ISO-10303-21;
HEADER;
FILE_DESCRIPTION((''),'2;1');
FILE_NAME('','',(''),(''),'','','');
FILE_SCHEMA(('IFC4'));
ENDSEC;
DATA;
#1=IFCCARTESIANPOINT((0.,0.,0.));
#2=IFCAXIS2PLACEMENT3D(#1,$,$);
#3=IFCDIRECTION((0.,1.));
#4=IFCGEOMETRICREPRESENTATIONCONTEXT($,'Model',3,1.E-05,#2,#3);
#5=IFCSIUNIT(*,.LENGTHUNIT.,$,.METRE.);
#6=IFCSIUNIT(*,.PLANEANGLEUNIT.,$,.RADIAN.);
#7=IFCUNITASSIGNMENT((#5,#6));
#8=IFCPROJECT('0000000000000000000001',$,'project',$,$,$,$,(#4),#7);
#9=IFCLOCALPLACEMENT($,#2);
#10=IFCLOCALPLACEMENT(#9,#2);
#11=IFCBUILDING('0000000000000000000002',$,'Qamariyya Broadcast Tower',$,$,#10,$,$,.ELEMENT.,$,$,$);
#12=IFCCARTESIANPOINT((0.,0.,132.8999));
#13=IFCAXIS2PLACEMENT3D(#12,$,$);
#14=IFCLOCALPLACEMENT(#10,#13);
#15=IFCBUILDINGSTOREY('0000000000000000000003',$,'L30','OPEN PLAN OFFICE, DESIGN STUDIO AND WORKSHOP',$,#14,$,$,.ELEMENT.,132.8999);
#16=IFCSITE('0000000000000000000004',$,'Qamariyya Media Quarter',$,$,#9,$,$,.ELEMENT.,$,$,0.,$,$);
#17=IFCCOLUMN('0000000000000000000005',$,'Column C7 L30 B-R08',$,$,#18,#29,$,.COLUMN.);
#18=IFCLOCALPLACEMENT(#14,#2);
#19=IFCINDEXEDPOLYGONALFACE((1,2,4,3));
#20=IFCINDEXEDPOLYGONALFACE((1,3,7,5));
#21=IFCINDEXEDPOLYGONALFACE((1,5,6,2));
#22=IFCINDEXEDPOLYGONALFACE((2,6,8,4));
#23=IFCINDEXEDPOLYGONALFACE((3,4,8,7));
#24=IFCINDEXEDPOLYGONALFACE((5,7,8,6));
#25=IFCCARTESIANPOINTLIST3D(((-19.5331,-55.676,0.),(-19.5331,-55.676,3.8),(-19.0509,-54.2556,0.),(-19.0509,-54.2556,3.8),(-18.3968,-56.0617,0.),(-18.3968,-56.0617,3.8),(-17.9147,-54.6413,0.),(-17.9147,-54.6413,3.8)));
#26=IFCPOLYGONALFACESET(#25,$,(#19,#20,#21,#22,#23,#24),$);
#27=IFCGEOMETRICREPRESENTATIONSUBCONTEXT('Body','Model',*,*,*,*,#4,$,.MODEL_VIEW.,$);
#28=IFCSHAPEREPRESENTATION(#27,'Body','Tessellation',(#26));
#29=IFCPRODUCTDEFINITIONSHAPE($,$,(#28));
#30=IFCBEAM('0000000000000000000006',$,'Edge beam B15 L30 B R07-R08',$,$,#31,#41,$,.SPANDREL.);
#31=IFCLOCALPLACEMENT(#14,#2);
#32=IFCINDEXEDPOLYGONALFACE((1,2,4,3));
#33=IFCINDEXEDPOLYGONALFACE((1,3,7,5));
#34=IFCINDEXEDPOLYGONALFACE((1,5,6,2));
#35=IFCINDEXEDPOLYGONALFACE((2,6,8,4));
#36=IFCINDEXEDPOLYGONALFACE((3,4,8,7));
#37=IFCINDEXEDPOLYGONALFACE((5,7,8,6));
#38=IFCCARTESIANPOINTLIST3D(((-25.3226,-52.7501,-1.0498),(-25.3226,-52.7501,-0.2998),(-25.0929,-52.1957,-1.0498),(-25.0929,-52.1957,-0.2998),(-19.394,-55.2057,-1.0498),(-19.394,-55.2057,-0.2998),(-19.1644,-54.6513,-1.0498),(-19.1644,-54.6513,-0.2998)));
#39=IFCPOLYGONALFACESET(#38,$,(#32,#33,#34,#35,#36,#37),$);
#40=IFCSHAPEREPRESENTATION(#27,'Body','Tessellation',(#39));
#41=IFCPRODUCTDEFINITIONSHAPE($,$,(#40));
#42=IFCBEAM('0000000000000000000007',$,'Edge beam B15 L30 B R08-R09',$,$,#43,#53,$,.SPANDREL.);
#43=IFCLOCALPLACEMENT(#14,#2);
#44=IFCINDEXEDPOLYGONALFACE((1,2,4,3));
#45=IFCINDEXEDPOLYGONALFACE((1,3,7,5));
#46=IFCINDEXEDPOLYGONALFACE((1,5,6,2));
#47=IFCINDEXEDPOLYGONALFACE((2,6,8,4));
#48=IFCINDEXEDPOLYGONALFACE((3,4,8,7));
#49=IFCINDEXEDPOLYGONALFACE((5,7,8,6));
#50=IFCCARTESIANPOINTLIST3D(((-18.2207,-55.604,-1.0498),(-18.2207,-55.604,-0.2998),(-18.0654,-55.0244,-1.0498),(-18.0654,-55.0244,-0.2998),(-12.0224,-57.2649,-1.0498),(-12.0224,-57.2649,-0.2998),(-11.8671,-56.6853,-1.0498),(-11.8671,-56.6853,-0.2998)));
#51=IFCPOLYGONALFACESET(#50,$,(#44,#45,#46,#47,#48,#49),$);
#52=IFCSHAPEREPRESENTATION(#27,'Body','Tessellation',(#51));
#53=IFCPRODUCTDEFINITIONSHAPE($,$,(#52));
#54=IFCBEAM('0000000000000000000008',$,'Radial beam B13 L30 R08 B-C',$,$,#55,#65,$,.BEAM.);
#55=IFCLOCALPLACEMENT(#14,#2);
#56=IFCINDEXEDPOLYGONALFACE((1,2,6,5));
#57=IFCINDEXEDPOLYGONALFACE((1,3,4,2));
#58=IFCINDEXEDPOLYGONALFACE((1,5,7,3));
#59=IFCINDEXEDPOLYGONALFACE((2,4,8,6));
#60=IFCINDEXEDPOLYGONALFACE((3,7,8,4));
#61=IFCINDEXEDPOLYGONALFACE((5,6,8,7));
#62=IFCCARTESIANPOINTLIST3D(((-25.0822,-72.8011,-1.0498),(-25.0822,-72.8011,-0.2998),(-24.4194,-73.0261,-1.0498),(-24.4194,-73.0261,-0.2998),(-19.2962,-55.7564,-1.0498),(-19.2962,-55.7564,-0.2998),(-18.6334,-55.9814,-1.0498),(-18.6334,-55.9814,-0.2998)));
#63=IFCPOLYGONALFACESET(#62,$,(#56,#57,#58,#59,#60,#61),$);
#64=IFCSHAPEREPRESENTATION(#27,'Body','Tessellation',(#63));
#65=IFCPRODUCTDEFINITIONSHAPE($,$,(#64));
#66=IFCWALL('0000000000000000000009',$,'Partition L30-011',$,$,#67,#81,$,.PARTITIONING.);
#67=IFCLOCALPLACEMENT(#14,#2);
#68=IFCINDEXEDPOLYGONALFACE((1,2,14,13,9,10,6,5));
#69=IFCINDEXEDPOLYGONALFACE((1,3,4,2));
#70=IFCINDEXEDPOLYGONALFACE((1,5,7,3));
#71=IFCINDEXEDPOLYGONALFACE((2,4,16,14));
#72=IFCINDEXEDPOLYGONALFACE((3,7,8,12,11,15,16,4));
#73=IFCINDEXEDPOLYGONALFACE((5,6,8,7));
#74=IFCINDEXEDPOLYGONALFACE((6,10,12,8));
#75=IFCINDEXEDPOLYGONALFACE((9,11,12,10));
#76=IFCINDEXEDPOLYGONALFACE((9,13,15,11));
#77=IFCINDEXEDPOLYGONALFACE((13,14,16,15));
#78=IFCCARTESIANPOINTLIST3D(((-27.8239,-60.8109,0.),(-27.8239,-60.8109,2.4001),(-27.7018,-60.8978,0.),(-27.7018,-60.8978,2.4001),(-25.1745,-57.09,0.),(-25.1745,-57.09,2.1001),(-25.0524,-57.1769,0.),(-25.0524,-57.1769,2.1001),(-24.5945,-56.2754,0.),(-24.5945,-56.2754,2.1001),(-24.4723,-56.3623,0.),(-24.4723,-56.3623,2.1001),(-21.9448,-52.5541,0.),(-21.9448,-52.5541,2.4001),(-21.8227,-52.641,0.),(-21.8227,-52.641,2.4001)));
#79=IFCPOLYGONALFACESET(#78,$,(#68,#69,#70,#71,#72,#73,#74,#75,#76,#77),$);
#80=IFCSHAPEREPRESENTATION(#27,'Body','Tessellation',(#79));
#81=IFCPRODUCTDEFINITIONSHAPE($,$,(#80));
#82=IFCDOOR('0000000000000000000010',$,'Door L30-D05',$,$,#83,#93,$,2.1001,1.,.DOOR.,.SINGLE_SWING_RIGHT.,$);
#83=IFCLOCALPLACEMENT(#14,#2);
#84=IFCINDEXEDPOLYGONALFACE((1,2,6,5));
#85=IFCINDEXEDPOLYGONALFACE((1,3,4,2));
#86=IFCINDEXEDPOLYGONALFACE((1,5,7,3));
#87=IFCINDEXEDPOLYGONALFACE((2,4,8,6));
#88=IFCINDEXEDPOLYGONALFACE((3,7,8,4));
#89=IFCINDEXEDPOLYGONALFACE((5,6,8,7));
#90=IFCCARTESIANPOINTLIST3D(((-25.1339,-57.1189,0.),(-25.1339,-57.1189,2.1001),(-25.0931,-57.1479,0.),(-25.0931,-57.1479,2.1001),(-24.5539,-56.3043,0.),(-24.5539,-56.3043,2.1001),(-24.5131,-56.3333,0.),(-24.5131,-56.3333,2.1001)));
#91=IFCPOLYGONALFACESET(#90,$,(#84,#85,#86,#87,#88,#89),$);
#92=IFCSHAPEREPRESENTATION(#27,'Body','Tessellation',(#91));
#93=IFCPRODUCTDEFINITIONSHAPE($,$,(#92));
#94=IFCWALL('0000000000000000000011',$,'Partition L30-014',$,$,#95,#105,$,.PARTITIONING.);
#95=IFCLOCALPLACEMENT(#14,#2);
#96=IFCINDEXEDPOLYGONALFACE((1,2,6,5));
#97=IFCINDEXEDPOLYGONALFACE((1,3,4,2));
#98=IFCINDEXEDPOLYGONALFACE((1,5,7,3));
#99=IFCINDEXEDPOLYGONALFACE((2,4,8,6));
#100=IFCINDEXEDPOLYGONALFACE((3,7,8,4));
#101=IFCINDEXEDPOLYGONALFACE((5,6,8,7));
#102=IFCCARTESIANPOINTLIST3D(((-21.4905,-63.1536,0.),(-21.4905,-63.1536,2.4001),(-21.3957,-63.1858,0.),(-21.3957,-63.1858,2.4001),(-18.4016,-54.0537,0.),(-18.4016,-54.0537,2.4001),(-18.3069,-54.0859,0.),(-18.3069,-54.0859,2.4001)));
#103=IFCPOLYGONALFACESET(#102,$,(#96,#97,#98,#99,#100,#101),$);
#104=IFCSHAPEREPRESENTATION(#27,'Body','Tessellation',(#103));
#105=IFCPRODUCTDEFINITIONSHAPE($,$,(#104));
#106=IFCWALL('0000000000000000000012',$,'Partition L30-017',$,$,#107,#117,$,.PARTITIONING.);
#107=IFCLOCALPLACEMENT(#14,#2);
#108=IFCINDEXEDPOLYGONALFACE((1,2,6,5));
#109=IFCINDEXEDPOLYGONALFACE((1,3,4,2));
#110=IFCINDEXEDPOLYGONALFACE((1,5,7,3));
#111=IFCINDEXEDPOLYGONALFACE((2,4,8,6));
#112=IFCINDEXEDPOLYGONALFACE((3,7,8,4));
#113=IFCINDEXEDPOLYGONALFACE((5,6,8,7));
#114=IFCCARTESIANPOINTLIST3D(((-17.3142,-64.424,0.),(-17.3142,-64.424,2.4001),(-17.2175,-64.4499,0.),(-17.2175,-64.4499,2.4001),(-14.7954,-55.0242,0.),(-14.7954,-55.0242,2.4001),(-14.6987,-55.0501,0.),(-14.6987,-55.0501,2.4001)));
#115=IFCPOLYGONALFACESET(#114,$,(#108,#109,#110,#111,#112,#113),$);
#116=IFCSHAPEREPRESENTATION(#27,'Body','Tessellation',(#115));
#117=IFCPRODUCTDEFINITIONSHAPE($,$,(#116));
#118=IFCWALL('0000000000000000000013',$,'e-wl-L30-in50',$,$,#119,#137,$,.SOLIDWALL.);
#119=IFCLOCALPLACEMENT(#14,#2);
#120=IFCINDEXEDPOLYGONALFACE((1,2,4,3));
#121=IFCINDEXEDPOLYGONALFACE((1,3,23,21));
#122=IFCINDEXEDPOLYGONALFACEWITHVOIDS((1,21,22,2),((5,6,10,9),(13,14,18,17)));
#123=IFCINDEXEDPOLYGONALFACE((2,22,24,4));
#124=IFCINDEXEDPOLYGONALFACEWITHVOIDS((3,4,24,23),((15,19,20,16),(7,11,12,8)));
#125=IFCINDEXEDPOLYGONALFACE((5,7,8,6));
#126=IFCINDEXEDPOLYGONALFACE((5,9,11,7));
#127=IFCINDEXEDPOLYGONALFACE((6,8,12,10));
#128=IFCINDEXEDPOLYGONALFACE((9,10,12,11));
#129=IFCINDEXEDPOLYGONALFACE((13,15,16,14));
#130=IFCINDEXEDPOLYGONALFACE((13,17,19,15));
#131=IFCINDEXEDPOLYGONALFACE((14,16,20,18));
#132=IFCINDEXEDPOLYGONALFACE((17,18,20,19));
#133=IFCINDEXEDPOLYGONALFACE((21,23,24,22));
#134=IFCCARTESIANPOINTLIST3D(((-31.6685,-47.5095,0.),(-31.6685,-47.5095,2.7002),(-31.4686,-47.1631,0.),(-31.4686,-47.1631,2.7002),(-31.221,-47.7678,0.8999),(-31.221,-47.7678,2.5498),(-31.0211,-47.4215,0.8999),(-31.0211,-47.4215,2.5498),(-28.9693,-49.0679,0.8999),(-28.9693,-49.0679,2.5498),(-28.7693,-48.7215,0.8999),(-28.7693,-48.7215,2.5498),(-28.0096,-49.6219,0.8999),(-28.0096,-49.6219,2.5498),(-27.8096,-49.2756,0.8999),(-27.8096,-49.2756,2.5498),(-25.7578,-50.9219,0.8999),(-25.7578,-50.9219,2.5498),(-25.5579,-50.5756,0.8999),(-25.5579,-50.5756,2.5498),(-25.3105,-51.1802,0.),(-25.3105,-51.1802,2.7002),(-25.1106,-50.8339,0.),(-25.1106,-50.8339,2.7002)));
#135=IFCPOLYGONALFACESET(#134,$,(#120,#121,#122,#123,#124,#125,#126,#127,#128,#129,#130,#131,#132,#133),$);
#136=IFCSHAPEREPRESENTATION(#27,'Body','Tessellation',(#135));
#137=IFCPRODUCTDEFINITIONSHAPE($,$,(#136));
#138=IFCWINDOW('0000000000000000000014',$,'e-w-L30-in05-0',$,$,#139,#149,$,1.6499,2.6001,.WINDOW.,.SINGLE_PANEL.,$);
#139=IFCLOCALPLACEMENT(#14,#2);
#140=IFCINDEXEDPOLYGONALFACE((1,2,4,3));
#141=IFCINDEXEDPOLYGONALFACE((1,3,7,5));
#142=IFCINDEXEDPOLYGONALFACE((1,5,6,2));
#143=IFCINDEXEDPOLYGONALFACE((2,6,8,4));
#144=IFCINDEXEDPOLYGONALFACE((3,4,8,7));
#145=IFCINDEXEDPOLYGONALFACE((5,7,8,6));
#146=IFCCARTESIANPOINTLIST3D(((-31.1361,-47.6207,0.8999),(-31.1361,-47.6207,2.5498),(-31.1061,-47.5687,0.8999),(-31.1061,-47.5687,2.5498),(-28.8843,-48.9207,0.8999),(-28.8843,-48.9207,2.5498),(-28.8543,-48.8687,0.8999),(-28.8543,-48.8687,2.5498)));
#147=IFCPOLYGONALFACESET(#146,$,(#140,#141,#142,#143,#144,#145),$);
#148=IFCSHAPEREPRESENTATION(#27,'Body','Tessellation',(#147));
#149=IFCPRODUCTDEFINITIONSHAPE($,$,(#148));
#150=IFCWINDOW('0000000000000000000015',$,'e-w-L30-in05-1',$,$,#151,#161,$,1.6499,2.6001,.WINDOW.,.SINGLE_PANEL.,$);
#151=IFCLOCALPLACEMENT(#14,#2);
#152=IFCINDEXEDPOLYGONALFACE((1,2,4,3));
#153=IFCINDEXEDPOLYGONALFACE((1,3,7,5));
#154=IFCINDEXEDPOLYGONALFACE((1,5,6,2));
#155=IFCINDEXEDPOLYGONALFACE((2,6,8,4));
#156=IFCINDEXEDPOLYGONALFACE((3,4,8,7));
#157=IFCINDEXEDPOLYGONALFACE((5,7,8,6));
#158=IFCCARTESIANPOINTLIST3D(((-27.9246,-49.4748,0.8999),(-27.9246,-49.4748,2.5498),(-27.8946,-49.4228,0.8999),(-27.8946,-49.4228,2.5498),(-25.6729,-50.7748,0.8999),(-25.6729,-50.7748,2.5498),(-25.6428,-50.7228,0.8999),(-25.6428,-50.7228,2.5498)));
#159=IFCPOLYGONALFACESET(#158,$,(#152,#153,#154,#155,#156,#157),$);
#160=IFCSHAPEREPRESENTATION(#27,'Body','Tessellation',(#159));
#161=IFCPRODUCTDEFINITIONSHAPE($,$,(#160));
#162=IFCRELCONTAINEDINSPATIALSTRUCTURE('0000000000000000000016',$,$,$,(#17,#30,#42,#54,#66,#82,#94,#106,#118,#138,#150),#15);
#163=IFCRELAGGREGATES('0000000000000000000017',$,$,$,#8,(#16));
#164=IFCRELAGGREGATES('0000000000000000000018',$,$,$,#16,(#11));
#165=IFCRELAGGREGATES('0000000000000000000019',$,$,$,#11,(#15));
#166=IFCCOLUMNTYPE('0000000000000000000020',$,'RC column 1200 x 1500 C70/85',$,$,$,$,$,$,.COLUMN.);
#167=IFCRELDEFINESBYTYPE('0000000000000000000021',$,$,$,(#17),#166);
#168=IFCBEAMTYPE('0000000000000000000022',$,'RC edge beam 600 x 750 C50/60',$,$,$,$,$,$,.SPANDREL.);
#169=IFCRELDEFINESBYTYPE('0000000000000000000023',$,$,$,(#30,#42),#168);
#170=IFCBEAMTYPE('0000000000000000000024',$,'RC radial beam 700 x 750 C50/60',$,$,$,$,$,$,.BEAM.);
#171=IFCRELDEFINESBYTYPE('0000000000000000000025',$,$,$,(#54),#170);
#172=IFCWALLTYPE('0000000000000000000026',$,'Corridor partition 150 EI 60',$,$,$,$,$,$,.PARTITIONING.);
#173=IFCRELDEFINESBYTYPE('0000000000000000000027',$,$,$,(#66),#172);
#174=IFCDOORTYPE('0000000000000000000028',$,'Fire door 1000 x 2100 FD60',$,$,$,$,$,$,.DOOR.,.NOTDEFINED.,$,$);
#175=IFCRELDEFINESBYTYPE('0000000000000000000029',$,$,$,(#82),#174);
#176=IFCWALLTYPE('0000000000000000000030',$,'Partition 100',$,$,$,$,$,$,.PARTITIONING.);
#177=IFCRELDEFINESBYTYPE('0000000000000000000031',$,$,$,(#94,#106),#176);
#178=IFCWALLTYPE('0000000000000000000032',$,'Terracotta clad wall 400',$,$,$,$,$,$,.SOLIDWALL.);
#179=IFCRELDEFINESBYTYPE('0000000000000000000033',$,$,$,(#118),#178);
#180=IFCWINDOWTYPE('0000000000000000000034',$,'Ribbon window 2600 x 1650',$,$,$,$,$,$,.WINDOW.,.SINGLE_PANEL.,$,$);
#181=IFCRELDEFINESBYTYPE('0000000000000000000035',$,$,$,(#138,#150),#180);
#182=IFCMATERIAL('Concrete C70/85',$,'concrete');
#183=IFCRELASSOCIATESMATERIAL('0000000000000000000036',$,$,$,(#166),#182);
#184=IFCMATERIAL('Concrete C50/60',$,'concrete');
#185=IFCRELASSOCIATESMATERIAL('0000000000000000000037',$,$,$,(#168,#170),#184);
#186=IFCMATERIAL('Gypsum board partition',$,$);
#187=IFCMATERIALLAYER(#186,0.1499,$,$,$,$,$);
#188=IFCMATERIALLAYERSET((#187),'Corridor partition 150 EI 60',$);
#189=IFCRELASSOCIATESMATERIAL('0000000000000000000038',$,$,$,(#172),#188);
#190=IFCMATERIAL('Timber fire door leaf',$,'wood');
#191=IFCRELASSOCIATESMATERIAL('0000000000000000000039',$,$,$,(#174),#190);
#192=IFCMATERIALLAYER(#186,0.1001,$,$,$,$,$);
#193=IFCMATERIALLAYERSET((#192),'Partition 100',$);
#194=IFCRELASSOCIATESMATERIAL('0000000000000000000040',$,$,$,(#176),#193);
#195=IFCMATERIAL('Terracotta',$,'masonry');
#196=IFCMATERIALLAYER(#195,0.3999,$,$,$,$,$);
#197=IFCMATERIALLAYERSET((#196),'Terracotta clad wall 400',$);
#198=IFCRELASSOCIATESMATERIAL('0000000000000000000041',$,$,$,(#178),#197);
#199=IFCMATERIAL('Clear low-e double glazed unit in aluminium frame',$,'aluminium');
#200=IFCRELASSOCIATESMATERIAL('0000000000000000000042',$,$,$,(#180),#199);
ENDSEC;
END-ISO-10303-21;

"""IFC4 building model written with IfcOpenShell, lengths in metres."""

from ifc_helpers import new_model, si_unit, direction, frame, frame_2d, origin, origin_2d, place, context, subcontext, project, spatial, rectangle, extrude, material, layer, layer_set, material_profile, profile_set, type_object, element, fill, save


model = new_model("IFC4")

# Units and contexts
model_context = context("Model", 3, precision=1e-05, world=origin(), true_north=direction((0.0, 1.0)))
body_context = subcontext(model_context, "Body", "Model", "MODEL_VIEW")
ifc_project = project(units=[si_unit("LENGTHUNIT", "METRE"), si_unit("PLANEANGLEUNIT", "RADIAN")], contexts=[model_context])

# Site, building, storey
site_placement = place(None, origin())
site = spatial("IfcSite", under=ifc_project, at=site_placement, Name="Qamariyya Media Quarter", CompositionType="ELEMENT", RefElevation=0.0)
building_placement = place(site_placement, origin())
building = spatial("IfcBuilding", under=site, at=building_placement, Name="Qamariyya Broadcast Tower", CompositionType="ELEMENT")
storey_placement = place(building_placement, frame((0.0, 0.0, 132.8999)))
storey = spatial("IfcBuildingStorey", under=building, at=storey_placement, Name="L30", Description="OPEN PLAN OFFICE, DESIGN STUDIO AND WORKSHOP", CompositionType="ELEMENT", Elevation=132.8999)

# Column
ifc_material_1 = material(Name="Concrete C70/85", Category="concrete")
ifc_material_profile_1 = material_profile(ifc_material_1, rectangle(XDim=1.2, YDim=1.5, at=origin_2d()))
ifc_profile_set_1 = profile_set([ifc_material_profile_1], Name="Concrete C70/85")
column_type = type_object("IfcColumnType", Name="RC column 1200 x 1500 C70/85", PredefinedType="COLUMN", material=ifc_profile_set_1)
column_placement = place(storey_placement, frame((-18.7239, -55.1587, 0.0), z_axis=(0.0, 0.0, 1.0), x_axis=(0.94693, -0.321439, 0.0)))
element("IfcColumn", 1, at=column_placement, inside=storey, type_object=column_type, Name="Column C7 L30 B-R08", PredefinedType="COLUMN", context=body_context, shape_type="SweptSolid", body=[
    extrude(rectangle(XDim=1.2, YDim=1.5, at=origin_2d()), origin(), (0.0, 0.0, 1.0), 3.8),
])

# Beams
ifc_material_2 = material(Name="Concrete C50/60", Category="concrete")
ifc_material_profile_2 = material_profile(ifc_material_2, rectangle(XDim=0.6001, YDim=0.75, at=origin_2d()))
ifc_profile_set_2 = profile_set([ifc_material_profile_2], Name="Concrete C50/60")
beam_type_1 = type_object("IfcBeamType", Name="RC edge beam 600 x 750 C50/60", PredefinedType="SPANDREL", material=ifc_profile_set_2)
for number, where, z_axis, x_axis, name in (
    (2, (-25.2078, -52.4729, -0.6748), (0.923884, -0.382672, 0.0), (0.382672, 0.923884, 0.0), "Edge beam B15 L30 B R07-R08"),
    (3, (-18.1431, -55.3142, -0.6748), (0.965923, -0.25883, 0.0), (0.25883, 0.965923, 0.0), "Edge beam B15 L30 B R08-R09"),
):
    element("IfcBeam", number, at=place(storey_placement, frame(where, z_axis=z_axis, x_axis=x_axis)), inside=storey, type_object=beam_type_1, Name=name, PredefinedType="SPANDREL", context=body_context, shape_type="SweptSolid", body=[
        extrude(rectangle(XDim=0.6001, YDim=0.75, at=origin_2d()), origin(), (0.0, 0.0, 1.0), 6.417),
    ])
ifc_material_profile_3 = material_profile(ifc_material_2, rectangle(XDim=0.7, YDim=0.75, at=origin_2d()))
ifc_profile_set_3 = profile_set([ifc_material_profile_3], Name="Concrete C50/60")
beam_type_2 = type_object("IfcBeamType", Name="RC radial beam 700 x 750 C50/60", PredefinedType="BEAM", material=ifc_profile_set_3)
beam_placement = place(storey_placement, frame((-18.9648, -55.8689, -0.6748), z_axis=(-0.321439, -0.94693, 0.0), x_axis=(0.94693, -0.321439, 0.0)))
element("IfcBeam", 4, at=beam_placement, inside=storey, type_object=beam_type_2, Name="Radial beam B13 L30 R08 B-C", PredefinedType="BEAM", context=body_context, shape_type="SweptSolid", body=[
    extrude(rectangle(XDim=0.7, YDim=0.75, at=origin_2d()), origin(), (0.0, 0.0, 1.0), 18.0),
])

# Wall, opening, door
ifc_material_3 = material(Name="Gypsum board partition")
ifc_layer_1 = layer(ifc_material_3, 0.1499)
ifc_layer_set_1 = layer_set([ifc_layer_1], Name="Corridor partition 150 EI 60")
wall_type_1 = type_object("IfcWallType", Name="Corridor partition 150 EI 60", PredefinedType="PARTITIONING", material=ifc_layer_set_1)
wall_1_placement = place(storey_placement, frame((-21.8838, -52.5977, 0.0), z_axis=(0.0, 0.0, 1.0), x_axis=(-0.580023, -0.8146, 0.0)))
wall_1 = element("IfcWall", 5, at=wall_1_placement, inside=storey, type_object=wall_type_1, Name="Partition L30-011", PredefinedType="PARTITIONING", context=body_context, shape_type="SweptSolid", body=[
    extrude(rectangle(XDim=10.136, YDim=0.1499, at=frame_2d((5.0679, 0.0))), origin(), (0.0, 0.0, 1.0), 2.4001),
])
opening_1_placement = place(wall_1_placement, frame((4.5681, 0.0, 0.0)))
opening_1 = element("IfcOpeningElement", 6, at=opening_1_placement, cuts=wall_1, PredefinedType="OPENING", context=body_context, shape_type="SweptSolid", body=[
    extrude(rectangle(XDim=1.0, YDim=2.1001, at=frame_2d((0.5, 1.05))), frame((0.0, 0.085, 0.0), z_axis=(0.0, -1.0, 0.0), x_axis=(1.0, 0.0, 0.0)), (0.0, 0.0, 1.0), 0.1699),
])
ifc_material_4 = material(Name="Timber fire door leaf", Category="wood")
door_type = type_object("IfcDoorType", Name="Fire door 1000 x 2100 FD60", OperationType="NOTDEFINED", PredefinedType="DOOR", material=ifc_material_4)
door_placement = place(opening_1_placement, origin())
door = element("IfcDoor", 7, at=door_placement, inside=storey, type_object=door_type, Name="Door L30-D05", OperationType="SINGLE_SWING_RIGHT", OverallHeight=2.1001, OverallWidth=1.0, PredefinedType="DOOR", context=body_context, shape_type="SweptSolid", body=[
    extrude(rectangle(XDim=1.0, YDim=2.1001, at=frame_2d((0.5, 1.05))), frame((0.0, 0.0249, 0.0), z_axis=(0.0, -1.0, 0.0), x_axis=(1.0, 0.0, 0.0)), (0.0, 0.0, 1.0), 0.05),
])
fill(opening_1, door)

# Walls
ifc_layer_2 = layer(ifc_material_3, 0.1001)
ifc_layer_set_2 = layer_set([ifc_layer_2], Name="Partition 100")
wall_type_2 = type_object("IfcWallType", Name="Partition 100", PredefinedType="PARTITIONING", material=ifc_layer_set_2)
wall_2_placement = place(storey_placement, frame((-18.3542, -54.0698, 0.0), z_axis=(0.0, 0.0, 1.0), x_axis=(-0.321429, -0.946934, 0.0)))
element("IfcWall", 8, at=wall_2_placement, inside=storey, type_object=wall_type_2, Name="Partition L30-014", PredefinedType="PARTITIONING", context=body_context, shape_type="SweptSolid", body=[
    extrude(rectangle(XDim=9.6099, YDim=0.1001, at=frame_2d((4.8049, 0.0))), origin(), (0.0, 0.0, 1.0), 2.4001),
])
wall_3_placement = place(storey_placement, frame((-14.7471, -55.0371, 0.0), z_axis=(0.0, 0.0, 1.0), x_axis=(-0.258829, -0.965923, 0.0)))
element("IfcWall", 9, at=wall_3_placement, inside=storey, type_object=wall_type_2, Name="Partition L30-017", PredefinedType="PARTITIONING", context=body_context, shape_type="SweptSolid", body=[
    extrude(rectangle(XDim=9.7314, YDim=0.1001, at=frame_2d((4.8657, 0.0))), origin(), (0.0, 0.0, 1.0), 2.4001),
])

# Wall, openings, windows
ifc_material_5 = material(Name="Terracotta", Category="masonry")
ifc_layer_3 = layer(ifc_material_5, 0.3999)
ifc_layer_set_3 = layer_set([ifc_layer_3], Name="Terracotta clad wall 400")
wall_type_3 = type_object("IfcWallType", Name="Terracotta clad wall 400", PredefinedType="SOLIDWALL", material=ifc_layer_set_3)
wall_4_placement = place(storey_placement, frame((-25.2104, -51.0071, 0.0), z_axis=(0.0, 0.0, 1.0), x_axis=(-0.866031, 0.499991, 0.0)))
wall_4 = element("IfcWall", 10, at=wall_4_placement, inside=storey, type_object=wall_type_3, Name="e-wl-L30-in50", PredefinedType="SOLIDWALL", context=body_context, shape_type="SweptSolid", body=[
    extrude(rectangle(XDim=7.3416, YDim=0.3999, at=frame_2d((3.6709, 0.0))), origin(), (0.0, 0.0, 1.0), 2.7002),
])
opening_2_placement = place(wall_4_placement, frame((4.2249, 0.0, 0.8999)))
opening_2 = element("IfcOpeningElement", 11, at=opening_2_placement, cuts=wall_4, PredefinedType="OPENING", context=body_context, shape_type="SweptSolid", body=[
    extrude(rectangle(XDim=2.6001, YDim=1.6499, at=frame_2d((1.3, 0.825))), frame((0.0, 0.21, 0.0), z_axis=(0.0, -1.0, 0.0), x_axis=(1.0, 0.0, 0.0)), (0.0, 0.0, 1.0), 0.4199),
])
opening_3_placement = place(wall_4_placement, frame((0.5166, 0.0, 0.8999)))
opening_3 = element("IfcOpeningElement", 12, at=opening_3_placement, cuts=wall_4, PredefinedType="OPENING", context=body_context, shape_type="SweptSolid", body=[
    extrude(rectangle(XDim=2.6001, YDim=1.6499, at=frame_2d((1.3, 0.825))), frame((0.0, 0.21, 0.0), z_axis=(0.0, -1.0, 0.0), x_axis=(1.0, 0.0, 0.0)), (0.0, 0.0, 1.0), 0.4199),
])
ifc_material_6 = material(Name="Clear low-e double glazed unit in aluminium frame", Category="aluminium")
window_type = type_object("IfcWindowType", Name="Ribbon window 2600 x 1650", PartitioningType="SINGLE_PANEL", PredefinedType="WINDOW", material=ifc_material_6)
window_1_placement = place(opening_2_placement, origin())
window_1 = element("IfcWindow", 13, at=window_1_placement, inside=storey, type_object=window_type, Name="e-w-L30-in05-0", OverallHeight=1.6499, OverallWidth=2.6001, PartitioningType="SINGLE_PANEL", PredefinedType="WINDOW", context=body_context, shape_type="SweptSolid", body=[
    extrude(rectangle(XDim=2.6001, YDim=1.6499, at=frame_2d((1.3, 0.825))), frame((0.0, 0.03, 0.0), z_axis=(0.0, -1.0, 0.0), x_axis=(1.0, 0.0, 0.0)), (0.0, 0.0, 1.0), 0.0601),
])
fill(opening_2, window_1)
window_2_placement = place(opening_3_placement, origin())
window_2 = element("IfcWindow", 14, at=window_2_placement, inside=storey, type_object=window_type, Name="e-w-L30-in05-1", OverallHeight=1.6499, OverallWidth=2.6001, PartitioningType="SINGLE_PANEL", PredefinedType="WINDOW", context=body_context, shape_type="SweptSolid", body=[
    extrude(rectangle(XDim=2.6001, YDim=1.6499, at=frame_2d((1.3, 0.825))), frame((0.0, 0.03, 0.0), z_axis=(0.0, -1.0, 0.0), x_axis=(1.0, 0.0, 0.0)), (0.0, 0.0, 1.0), 0.0601),
])
fill(opening_3, window_2)

save(model, "model.ifc")
